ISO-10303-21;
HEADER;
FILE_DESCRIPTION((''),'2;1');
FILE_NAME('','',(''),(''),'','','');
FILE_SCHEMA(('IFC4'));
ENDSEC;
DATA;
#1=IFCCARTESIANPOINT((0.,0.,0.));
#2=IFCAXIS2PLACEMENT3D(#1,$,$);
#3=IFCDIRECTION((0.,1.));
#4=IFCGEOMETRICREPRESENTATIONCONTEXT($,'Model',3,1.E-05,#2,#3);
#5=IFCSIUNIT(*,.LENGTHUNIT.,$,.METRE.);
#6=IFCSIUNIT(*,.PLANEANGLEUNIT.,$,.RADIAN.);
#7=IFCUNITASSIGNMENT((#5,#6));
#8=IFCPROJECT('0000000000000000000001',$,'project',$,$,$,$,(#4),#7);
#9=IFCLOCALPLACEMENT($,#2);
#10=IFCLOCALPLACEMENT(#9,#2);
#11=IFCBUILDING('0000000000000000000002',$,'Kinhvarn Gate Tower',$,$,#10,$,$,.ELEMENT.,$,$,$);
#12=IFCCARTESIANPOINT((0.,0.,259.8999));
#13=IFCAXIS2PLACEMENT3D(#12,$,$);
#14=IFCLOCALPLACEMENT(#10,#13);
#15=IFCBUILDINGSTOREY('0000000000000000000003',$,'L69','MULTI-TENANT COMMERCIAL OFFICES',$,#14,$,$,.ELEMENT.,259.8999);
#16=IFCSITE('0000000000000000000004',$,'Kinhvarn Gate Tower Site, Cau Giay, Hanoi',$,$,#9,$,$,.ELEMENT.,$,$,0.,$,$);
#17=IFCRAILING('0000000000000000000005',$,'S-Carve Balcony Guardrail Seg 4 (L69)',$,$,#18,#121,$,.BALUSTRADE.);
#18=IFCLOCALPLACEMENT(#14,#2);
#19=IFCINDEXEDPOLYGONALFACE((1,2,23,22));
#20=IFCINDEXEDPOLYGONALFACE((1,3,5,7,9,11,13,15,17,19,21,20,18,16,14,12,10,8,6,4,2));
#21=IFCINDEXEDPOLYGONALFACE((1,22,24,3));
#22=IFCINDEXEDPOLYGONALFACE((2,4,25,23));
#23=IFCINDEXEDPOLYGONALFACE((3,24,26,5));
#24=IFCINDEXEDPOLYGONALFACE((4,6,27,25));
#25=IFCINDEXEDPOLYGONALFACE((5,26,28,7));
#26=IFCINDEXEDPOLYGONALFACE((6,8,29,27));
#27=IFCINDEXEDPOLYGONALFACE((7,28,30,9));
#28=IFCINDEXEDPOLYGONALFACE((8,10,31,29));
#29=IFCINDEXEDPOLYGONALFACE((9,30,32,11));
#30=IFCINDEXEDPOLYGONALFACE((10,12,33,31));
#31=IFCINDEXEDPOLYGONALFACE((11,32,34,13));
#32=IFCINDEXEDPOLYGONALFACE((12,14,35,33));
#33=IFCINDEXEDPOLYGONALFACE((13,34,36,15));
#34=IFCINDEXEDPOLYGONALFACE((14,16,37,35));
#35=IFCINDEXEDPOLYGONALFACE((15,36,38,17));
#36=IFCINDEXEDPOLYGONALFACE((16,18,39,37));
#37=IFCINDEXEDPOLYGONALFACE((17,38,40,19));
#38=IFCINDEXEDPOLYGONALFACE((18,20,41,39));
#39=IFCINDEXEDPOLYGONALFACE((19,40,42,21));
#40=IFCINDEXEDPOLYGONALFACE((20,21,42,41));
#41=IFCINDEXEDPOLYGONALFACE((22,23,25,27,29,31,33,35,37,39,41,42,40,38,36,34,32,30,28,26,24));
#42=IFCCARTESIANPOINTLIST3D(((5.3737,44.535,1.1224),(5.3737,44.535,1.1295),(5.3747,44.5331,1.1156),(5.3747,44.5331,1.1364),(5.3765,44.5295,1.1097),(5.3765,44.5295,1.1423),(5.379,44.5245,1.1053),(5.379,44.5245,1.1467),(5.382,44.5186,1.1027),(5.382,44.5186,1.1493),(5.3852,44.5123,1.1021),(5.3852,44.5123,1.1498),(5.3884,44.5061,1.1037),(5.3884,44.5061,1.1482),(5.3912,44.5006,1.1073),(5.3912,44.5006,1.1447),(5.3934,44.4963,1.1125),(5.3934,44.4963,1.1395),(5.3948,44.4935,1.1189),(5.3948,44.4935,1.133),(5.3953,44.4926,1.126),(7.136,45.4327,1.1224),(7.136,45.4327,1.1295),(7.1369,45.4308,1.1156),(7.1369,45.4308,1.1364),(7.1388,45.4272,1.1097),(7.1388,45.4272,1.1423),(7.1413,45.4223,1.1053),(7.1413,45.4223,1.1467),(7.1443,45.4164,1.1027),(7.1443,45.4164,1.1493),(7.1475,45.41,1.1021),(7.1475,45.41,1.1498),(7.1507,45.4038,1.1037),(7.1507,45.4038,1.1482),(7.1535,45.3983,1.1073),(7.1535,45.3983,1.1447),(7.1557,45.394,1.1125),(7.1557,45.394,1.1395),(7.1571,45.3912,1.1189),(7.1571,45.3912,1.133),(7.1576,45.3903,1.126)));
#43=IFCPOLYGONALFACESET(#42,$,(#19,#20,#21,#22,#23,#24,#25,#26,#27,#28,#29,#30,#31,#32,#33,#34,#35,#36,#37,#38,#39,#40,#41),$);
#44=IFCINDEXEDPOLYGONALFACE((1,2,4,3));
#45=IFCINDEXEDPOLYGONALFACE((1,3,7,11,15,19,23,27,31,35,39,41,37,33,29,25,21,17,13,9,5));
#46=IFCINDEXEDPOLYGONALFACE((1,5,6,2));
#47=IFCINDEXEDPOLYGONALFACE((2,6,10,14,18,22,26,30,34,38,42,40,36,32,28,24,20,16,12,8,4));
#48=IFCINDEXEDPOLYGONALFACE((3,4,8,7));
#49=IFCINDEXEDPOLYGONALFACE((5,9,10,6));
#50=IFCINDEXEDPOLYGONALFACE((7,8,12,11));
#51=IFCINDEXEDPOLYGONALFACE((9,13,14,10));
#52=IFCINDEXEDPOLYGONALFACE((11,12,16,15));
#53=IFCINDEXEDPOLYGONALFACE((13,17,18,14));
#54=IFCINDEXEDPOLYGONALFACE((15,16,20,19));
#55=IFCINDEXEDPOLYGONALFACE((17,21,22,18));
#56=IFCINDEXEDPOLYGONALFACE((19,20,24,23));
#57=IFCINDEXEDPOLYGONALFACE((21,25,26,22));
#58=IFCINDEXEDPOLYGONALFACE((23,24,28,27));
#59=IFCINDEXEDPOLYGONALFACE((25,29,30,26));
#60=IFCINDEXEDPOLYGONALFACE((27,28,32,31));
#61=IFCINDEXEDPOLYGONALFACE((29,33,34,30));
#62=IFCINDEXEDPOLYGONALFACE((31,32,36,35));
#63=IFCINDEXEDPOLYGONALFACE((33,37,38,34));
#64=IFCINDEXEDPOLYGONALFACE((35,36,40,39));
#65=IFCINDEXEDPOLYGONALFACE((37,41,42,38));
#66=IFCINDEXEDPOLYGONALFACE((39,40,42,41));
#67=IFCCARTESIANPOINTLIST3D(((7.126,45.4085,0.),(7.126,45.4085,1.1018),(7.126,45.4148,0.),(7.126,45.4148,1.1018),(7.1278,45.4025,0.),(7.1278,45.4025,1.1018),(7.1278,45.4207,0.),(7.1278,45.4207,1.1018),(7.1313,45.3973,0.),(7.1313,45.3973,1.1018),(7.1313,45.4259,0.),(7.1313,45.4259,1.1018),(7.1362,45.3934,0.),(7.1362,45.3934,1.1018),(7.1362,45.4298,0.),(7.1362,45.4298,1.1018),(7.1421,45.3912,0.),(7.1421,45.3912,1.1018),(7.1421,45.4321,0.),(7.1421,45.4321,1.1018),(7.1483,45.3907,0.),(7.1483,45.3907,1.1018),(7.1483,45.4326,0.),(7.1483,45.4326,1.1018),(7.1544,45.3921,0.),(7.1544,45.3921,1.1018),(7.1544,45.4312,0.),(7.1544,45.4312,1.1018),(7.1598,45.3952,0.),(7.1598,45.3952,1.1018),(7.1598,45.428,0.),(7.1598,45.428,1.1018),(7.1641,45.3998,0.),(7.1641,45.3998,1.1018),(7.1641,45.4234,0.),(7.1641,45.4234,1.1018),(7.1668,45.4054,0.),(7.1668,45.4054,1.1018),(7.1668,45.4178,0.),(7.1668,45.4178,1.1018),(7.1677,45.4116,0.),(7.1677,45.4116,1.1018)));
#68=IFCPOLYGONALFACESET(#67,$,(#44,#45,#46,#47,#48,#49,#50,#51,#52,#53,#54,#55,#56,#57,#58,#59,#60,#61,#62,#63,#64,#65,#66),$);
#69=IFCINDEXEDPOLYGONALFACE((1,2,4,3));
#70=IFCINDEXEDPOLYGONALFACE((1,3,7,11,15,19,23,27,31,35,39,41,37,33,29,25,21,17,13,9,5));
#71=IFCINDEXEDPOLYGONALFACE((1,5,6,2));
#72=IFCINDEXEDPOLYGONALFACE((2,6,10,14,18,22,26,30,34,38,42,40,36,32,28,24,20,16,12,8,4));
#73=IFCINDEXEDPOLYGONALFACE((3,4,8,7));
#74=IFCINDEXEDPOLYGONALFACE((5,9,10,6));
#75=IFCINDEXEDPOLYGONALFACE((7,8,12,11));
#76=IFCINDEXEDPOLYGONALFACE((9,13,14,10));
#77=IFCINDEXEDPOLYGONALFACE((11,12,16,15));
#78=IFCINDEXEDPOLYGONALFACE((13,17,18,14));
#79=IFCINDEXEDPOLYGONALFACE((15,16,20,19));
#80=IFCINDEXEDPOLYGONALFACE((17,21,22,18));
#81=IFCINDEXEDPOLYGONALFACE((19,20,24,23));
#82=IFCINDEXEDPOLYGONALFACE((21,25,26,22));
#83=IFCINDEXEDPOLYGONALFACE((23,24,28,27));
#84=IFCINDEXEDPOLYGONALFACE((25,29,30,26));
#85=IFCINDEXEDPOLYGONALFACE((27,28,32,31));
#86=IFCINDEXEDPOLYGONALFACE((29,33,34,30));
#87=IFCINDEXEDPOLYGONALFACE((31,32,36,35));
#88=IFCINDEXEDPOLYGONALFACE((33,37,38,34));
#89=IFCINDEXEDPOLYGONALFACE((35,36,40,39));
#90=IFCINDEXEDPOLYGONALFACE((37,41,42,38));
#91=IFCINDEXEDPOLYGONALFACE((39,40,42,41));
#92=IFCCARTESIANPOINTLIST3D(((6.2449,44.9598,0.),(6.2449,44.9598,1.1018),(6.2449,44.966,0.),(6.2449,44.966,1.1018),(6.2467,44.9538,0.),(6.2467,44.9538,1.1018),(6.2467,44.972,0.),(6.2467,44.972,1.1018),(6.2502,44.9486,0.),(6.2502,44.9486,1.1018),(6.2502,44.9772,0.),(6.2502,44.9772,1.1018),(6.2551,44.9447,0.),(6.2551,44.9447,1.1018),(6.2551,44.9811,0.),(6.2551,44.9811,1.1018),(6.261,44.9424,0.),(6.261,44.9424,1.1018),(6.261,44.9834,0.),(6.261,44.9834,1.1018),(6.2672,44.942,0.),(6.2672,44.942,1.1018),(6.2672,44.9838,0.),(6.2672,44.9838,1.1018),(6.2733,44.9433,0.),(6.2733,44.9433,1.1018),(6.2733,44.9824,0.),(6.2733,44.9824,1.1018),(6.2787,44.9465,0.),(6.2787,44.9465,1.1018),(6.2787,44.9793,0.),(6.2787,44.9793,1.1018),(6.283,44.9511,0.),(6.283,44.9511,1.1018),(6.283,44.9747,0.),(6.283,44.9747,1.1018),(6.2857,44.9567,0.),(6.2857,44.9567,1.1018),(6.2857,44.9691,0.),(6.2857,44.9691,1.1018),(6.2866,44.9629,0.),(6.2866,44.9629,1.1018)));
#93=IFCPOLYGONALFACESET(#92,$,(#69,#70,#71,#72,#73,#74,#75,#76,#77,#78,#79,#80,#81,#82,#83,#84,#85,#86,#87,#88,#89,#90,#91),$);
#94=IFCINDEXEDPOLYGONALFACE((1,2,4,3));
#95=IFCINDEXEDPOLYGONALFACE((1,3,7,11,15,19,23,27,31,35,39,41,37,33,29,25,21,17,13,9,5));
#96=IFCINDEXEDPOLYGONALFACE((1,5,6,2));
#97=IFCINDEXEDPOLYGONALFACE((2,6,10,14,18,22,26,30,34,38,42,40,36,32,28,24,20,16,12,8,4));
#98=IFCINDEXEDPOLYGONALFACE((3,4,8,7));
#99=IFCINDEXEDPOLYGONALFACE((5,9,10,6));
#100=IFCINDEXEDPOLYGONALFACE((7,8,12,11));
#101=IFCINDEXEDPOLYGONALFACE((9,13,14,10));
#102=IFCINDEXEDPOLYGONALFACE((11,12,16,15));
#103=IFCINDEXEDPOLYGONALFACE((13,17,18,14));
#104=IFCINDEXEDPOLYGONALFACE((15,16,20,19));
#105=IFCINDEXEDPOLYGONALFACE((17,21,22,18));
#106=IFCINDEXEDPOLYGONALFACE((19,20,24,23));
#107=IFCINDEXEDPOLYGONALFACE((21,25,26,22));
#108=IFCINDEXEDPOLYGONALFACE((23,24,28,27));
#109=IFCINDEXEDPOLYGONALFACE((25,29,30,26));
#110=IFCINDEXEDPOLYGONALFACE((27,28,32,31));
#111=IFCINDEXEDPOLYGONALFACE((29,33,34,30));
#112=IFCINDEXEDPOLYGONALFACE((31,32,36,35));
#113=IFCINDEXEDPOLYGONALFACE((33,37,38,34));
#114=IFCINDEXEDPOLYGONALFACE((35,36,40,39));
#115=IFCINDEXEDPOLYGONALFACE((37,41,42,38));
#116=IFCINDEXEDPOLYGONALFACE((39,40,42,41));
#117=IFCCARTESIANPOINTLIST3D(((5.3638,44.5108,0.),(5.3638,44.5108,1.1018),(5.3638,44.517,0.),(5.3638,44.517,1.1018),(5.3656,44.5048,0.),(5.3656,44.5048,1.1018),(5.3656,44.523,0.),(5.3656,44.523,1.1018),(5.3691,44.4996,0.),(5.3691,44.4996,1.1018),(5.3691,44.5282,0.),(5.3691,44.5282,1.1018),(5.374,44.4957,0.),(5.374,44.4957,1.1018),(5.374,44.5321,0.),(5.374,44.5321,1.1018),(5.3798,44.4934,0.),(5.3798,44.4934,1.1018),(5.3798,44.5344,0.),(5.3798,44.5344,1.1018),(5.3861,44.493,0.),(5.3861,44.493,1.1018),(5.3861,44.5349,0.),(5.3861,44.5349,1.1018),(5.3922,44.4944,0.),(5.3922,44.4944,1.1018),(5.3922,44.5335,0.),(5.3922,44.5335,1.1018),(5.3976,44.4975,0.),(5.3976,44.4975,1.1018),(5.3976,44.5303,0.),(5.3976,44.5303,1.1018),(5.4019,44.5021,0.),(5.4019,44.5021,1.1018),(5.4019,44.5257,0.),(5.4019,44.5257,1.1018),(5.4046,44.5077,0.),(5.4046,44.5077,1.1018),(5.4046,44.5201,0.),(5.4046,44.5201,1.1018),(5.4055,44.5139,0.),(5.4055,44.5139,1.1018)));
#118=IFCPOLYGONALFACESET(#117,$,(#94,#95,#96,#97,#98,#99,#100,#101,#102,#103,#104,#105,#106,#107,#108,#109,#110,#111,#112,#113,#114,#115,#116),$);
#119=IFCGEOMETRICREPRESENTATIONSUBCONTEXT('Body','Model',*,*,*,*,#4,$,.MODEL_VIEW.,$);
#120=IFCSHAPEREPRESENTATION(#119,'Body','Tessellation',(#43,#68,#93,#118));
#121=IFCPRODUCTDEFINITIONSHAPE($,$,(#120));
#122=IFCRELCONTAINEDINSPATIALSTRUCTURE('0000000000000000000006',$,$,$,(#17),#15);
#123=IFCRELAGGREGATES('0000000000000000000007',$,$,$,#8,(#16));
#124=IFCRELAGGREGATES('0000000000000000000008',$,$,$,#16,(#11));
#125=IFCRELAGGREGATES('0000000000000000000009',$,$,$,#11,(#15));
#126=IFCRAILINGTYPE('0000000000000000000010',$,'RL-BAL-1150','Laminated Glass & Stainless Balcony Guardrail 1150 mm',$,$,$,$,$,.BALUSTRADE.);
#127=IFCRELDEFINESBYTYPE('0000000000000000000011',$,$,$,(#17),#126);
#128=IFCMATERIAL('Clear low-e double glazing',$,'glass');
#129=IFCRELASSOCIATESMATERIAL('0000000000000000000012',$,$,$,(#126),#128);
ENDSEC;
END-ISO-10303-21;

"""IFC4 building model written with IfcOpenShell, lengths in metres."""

from ifc_helpers import new_model, si_unit, direction, frame, origin, origin_2d, place, context, subcontext, project, spatial, circle, extrude, material, type_object, element, save


model = new_model("IFC4")

# Units and contexts
model_context = context("Model", 3, precision=1e-05, world=origin(), true_north=direction((0.0, 1.0)))
body_context = subcontext(model_context, "Body", "Model", "MODEL_VIEW")
ifc_project = project(units=[si_unit("LENGTHUNIT", "METRE"), si_unit("PLANEANGLEUNIT", "RADIAN")], contexts=[model_context])

# Site, building, storey
site_placement = place(None, origin())
site = spatial("IfcSite", under=ifc_project, at=site_placement, Name="Kinhvarn Gate Tower Site, Cau Giay, Hanoi", CompositionType="ELEMENT", RefElevation=0.0)
building_placement = place(site_placement, origin())
building = spatial("IfcBuilding", under=site, at=building_placement, Name="Kinhvarn Gate Tower", CompositionType="ELEMENT")
storey_placement = place(building_placement, frame((0.0, 0.0, 259.8999)))
storey = spatial("IfcBuildingStorey", under=building, at=storey_placement, Name="L69", Description="MULTI-TENANT COMMERCIAL OFFICES", CompositionType="ELEMENT", Elevation=259.8999)

# Shared definitions
ifc_material_1 = material(Name="Clear low-e double glazing", Category="glass")

# Railing
railing_type = type_object("IfcRailingType", Name="RL-BAL-1150", Description="Laminated Glass & Stainless Balcony Guardrail 1150 mm", PredefinedType="BALUSTRADE", material=ifc_material_1)
railing_1_placement = place(storey_placement, frame((7.1467, 45.4116, 0.0)))
element("IfcRailing", 1, at=railing_1_placement, inside=storey, type_object=railing_type, Name="S-Carve Balcony Guardrail Seg 4 (L69)", PredefinedType="BALUSTRADE", context=body_context, shape_type="SweptSolid", body=[
    extrude(circle(Radius=0.0239, at=origin_2d()), frame((0.0, 0.0, 1.126), z_axis=(-0.891044, -0.453917, 0.0), x_axis=(0.453917, -0.891044, 0.0)), (0.0, 0.0, 1.0), 1.9778),
    extrude(circle(Radius=0.021, at=origin_2d()), origin(), (0.0, 0.0, 1.0), 1.1018),
    extrude(circle(Radius=0.021, at=origin_2d()), frame((-0.8811, -0.4487, 0.0)), (0.0, 0.0, 1.0), 1.1018),
    extrude(circle(Radius=0.021, at=origin_2d()), frame((-1.7622, -0.8977, 0.0)), (0.0, 0.0, 1.0), 1.1018),
])

save(model, "model.ifc")
